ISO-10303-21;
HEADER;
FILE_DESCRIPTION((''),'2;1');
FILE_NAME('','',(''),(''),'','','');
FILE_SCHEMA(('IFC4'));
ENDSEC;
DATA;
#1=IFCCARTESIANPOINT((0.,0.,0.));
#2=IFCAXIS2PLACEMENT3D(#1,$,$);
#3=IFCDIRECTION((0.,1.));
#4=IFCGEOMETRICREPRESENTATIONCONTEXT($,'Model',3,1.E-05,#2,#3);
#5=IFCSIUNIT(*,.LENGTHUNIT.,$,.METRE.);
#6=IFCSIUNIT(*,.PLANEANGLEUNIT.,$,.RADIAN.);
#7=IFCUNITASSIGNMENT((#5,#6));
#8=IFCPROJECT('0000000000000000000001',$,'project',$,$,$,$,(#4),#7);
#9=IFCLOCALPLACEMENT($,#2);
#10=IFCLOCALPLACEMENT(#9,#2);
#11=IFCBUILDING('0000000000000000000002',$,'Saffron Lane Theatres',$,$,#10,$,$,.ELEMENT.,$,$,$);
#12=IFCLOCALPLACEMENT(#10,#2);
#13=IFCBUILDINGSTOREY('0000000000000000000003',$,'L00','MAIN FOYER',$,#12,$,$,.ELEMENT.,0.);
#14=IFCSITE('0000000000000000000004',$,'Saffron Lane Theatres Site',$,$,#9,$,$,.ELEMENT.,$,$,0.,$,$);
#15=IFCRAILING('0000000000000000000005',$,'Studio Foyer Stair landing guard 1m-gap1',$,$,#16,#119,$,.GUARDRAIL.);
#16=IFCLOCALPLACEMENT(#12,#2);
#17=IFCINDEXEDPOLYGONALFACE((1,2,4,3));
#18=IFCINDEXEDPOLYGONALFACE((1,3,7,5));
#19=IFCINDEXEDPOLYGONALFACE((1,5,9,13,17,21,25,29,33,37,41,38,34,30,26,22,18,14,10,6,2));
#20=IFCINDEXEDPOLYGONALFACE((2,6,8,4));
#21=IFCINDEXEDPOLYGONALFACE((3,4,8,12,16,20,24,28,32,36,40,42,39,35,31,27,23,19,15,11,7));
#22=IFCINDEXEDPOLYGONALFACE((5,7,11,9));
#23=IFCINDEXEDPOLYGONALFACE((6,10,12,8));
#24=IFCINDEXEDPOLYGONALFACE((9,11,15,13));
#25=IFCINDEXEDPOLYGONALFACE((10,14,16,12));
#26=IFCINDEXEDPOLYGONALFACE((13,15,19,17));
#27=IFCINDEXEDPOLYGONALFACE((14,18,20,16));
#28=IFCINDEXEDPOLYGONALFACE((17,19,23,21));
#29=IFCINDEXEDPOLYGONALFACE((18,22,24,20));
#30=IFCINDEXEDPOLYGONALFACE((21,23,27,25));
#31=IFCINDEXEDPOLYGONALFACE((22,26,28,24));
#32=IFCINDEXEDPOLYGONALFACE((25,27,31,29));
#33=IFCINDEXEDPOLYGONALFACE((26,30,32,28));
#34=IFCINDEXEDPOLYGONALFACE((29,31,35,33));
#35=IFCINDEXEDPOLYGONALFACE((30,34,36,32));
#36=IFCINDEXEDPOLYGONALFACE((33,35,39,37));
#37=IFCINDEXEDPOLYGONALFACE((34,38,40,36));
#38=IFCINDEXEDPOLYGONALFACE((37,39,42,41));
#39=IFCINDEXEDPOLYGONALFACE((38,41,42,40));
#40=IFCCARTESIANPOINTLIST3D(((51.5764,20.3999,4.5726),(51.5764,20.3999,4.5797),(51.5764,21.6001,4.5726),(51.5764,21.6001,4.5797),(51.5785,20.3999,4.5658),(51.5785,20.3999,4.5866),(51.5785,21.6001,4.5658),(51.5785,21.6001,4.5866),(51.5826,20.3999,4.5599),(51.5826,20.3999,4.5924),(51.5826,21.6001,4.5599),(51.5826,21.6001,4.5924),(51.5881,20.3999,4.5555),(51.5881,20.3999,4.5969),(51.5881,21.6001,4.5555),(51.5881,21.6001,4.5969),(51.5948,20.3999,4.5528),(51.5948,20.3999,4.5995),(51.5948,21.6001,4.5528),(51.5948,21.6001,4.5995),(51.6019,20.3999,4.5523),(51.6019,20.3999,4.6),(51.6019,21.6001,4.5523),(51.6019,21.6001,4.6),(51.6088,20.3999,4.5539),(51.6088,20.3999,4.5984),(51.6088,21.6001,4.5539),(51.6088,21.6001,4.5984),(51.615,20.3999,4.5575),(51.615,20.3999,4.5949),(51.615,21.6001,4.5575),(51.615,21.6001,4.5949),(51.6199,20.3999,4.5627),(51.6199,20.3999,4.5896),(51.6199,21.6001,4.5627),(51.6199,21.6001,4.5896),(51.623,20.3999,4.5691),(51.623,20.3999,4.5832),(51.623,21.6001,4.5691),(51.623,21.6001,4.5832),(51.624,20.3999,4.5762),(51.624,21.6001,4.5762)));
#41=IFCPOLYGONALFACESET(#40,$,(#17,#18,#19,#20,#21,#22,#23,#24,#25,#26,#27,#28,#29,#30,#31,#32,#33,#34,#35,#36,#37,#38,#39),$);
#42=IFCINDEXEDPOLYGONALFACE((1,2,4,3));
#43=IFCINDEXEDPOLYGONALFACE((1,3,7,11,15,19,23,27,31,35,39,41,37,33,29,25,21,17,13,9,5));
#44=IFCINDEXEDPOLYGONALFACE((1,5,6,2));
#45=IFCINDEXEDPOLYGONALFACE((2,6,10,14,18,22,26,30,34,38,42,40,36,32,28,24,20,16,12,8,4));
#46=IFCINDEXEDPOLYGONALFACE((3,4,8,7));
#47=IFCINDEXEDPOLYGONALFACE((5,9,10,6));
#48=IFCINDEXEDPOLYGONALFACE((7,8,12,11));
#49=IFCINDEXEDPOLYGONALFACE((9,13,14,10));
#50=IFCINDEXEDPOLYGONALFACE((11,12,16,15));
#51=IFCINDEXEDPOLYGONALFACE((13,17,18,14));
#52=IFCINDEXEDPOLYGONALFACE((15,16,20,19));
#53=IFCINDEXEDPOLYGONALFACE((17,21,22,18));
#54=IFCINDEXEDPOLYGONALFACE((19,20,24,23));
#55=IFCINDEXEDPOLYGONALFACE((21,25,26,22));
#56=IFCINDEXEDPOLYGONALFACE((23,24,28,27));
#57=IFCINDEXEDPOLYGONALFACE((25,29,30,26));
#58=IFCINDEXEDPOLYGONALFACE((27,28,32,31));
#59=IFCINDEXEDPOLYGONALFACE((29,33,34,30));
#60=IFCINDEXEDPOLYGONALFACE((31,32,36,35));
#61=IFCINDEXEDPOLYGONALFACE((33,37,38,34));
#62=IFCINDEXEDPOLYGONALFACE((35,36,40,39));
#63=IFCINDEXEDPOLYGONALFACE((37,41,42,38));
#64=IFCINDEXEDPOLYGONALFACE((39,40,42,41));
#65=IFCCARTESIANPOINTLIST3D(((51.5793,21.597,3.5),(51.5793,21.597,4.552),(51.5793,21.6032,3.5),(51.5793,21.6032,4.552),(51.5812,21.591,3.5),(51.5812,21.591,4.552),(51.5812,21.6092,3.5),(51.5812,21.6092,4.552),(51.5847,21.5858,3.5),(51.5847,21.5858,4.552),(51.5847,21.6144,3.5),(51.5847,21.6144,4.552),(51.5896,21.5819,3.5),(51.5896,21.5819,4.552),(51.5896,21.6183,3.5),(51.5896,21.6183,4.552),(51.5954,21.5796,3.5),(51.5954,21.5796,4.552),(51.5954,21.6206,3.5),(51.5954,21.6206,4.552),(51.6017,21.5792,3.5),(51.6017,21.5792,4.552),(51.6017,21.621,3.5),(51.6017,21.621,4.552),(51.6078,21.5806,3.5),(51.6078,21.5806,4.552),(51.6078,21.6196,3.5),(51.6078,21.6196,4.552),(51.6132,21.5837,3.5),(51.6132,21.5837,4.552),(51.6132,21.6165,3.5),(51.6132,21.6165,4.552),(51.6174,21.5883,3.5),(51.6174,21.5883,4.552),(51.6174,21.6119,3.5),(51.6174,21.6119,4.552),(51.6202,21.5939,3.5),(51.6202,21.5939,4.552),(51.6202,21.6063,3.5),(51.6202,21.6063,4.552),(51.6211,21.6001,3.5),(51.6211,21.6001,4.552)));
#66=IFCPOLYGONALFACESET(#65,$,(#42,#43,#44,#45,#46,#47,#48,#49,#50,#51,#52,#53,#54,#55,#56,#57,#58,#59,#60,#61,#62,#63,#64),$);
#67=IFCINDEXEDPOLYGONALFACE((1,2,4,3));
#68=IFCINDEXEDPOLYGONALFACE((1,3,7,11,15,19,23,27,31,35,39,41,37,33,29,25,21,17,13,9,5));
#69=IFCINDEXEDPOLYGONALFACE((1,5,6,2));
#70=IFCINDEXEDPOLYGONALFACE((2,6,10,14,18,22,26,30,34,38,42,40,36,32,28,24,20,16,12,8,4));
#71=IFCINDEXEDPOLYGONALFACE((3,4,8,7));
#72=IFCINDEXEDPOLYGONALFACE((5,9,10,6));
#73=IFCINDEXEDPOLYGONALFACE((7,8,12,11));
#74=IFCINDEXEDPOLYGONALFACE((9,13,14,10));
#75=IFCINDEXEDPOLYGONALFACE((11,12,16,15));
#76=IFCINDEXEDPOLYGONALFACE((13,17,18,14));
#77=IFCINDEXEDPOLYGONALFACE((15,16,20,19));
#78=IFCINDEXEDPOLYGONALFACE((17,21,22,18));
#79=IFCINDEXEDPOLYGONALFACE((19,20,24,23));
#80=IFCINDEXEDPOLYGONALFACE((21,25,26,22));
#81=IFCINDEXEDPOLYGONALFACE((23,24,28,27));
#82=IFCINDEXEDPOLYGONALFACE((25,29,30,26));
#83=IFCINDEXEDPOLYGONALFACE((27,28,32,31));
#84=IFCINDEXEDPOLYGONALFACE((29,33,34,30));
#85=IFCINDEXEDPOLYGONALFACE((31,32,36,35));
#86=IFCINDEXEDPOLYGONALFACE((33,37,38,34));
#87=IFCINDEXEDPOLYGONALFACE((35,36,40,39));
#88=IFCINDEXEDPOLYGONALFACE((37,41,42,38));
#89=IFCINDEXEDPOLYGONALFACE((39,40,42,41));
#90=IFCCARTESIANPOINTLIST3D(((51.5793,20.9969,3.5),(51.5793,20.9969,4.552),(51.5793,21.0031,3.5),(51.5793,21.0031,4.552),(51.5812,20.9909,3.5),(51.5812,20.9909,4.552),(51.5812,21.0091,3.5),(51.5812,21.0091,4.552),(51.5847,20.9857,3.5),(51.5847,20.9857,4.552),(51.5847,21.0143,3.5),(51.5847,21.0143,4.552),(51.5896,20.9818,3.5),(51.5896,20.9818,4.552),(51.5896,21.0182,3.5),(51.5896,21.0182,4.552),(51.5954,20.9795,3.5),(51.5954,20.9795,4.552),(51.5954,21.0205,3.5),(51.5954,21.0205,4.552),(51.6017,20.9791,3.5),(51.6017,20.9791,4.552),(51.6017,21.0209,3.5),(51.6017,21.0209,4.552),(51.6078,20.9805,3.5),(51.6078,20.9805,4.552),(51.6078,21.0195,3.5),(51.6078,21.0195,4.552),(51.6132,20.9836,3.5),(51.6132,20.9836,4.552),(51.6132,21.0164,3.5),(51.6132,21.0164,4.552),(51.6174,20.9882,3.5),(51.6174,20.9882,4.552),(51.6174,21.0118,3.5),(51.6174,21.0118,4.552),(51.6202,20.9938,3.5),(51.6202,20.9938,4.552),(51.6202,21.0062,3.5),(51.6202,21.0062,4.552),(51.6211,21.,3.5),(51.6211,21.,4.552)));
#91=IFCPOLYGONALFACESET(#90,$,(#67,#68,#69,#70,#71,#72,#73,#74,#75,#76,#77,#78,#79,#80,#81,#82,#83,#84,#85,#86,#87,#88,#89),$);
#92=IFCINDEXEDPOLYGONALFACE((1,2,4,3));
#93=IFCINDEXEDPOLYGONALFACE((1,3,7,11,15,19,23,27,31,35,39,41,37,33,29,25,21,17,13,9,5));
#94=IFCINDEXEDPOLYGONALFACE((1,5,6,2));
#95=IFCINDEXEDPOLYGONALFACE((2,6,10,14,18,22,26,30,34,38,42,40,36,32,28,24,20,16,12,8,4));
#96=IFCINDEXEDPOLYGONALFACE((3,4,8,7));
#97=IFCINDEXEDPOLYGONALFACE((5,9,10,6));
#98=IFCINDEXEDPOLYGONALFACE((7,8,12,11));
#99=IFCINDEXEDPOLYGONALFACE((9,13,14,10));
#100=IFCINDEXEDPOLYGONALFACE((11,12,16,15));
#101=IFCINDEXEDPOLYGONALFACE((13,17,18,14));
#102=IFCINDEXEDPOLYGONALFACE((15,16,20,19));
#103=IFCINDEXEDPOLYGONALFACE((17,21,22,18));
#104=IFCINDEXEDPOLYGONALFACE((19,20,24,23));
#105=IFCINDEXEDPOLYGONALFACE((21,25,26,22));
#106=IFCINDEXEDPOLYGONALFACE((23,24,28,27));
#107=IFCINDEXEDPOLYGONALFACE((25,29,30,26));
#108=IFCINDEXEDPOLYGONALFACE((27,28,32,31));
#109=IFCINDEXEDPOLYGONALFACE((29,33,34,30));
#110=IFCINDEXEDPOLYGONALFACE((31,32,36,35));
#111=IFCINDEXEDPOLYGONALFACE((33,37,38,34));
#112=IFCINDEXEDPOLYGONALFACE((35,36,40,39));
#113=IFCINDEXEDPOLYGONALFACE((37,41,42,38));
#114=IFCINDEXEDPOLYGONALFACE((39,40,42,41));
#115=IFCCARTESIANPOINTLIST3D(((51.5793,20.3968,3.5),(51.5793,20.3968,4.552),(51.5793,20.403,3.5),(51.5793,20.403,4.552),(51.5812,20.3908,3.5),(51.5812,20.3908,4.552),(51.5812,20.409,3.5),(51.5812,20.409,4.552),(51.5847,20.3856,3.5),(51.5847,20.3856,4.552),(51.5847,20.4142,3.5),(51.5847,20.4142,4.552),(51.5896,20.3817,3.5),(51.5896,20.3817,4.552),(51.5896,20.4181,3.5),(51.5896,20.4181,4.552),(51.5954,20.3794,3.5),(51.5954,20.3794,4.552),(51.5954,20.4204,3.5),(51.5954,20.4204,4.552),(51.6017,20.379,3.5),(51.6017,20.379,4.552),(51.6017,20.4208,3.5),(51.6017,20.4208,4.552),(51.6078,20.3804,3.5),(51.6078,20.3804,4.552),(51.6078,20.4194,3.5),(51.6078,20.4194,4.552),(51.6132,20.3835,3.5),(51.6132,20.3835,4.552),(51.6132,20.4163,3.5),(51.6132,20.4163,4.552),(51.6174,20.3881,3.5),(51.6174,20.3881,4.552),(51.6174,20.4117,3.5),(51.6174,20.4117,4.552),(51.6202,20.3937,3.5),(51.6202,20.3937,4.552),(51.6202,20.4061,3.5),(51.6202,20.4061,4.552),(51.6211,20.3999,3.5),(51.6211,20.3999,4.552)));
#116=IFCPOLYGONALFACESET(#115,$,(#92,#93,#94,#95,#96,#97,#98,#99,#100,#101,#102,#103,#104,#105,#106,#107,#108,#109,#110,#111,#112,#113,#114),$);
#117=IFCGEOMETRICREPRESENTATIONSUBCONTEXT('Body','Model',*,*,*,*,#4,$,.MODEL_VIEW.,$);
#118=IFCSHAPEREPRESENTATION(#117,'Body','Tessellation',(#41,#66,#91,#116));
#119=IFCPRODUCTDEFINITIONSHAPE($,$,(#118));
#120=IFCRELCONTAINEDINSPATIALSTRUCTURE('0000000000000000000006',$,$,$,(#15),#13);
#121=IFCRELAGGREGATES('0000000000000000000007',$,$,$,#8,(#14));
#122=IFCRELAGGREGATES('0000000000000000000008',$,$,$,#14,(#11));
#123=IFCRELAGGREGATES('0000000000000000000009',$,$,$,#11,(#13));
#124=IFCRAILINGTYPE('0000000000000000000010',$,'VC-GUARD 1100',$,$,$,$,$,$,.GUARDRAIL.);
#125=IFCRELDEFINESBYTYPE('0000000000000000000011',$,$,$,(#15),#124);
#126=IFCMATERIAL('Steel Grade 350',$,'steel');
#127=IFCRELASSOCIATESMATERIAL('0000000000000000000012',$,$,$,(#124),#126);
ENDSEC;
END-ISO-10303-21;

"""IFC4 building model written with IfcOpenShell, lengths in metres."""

from ifc_helpers import new_model, si_unit, direction, frame, origin, origin_2d, place, context, subcontext, project, spatial, circle, extrude, material, type_object, element, save


model = new_model("IFC4")

# Units and contexts
model_context = context("Model", 3, precision=1e-05, world=origin(), true_north=direction((0.0, 1.0)))
body_context = subcontext(model_context, "Body", "Model", "MODEL_VIEW")
ifc_project = project(units=[si_unit("LENGTHUNIT", "METRE"), si_unit("PLANEANGLEUNIT", "RADIAN")], contexts=[model_context])

# Site, building, storey
site_placement = place(None, origin())
site = spatial("IfcSite", under=ifc_project, at=site_placement, Name="Saffron Lane Theatres Site", CompositionType="ELEMENT", RefElevation=0.0)
building_placement = place(site_placement, origin())
building = spatial("IfcBuilding", under=site, at=building_placement, Name="Saffron Lane Theatres", CompositionType="ELEMENT")
storey_placement = place(building_placement, origin())
storey = spatial("IfcBuildingStorey", under=building, at=storey_placement, Name="L00", Description="MAIN FOYER", CompositionType="ELEMENT", Elevation=0.0)

# Railing
ifc_material_1 = material(Name="Steel Grade 350", Category="steel")
railing_type_1 = type_object("IfcRailingType", Name="VC-GUARD 1100", PredefinedType="GUARDRAIL", material=ifc_material_1)
railing_1_placement = place(storey_placement, frame((51.6001, 21.6001, 3.5)))
element("IfcRailing", 1, at=railing_1_placement, inside=storey, type_object=railing_type_1, Name="Studio Foyer Stair landing guard 1m-gap1", PredefinedType="GUARDRAIL", context=body_context, shape_type="SweptSolid", body=[
    extrude(circle(Radius=0.0239, at=origin_2d()), frame((0.0, 0.0, 1.0762), z_axis=(0.0, -1.0, 0.0), x_axis=(1.0, 0.0, 0.0)), (0.0, 0.0, 1.0), 1.2002),
    extrude(circle(Radius=0.021, at=origin_2d()), origin(), (0.0, 0.0, 1.0), 1.052),
    extrude(circle(Radius=0.021, at=origin_2d()), frame((0.0, -0.6001, 0.0)), (0.0, 0.0, 1.0), 1.052),
    extrude(circle(Radius=0.021, at=origin_2d()), frame((0.0, -1.2002, 0.0)), (0.0, 0.0, 1.0), 1.052),
])

save(model, "model.ifc")
